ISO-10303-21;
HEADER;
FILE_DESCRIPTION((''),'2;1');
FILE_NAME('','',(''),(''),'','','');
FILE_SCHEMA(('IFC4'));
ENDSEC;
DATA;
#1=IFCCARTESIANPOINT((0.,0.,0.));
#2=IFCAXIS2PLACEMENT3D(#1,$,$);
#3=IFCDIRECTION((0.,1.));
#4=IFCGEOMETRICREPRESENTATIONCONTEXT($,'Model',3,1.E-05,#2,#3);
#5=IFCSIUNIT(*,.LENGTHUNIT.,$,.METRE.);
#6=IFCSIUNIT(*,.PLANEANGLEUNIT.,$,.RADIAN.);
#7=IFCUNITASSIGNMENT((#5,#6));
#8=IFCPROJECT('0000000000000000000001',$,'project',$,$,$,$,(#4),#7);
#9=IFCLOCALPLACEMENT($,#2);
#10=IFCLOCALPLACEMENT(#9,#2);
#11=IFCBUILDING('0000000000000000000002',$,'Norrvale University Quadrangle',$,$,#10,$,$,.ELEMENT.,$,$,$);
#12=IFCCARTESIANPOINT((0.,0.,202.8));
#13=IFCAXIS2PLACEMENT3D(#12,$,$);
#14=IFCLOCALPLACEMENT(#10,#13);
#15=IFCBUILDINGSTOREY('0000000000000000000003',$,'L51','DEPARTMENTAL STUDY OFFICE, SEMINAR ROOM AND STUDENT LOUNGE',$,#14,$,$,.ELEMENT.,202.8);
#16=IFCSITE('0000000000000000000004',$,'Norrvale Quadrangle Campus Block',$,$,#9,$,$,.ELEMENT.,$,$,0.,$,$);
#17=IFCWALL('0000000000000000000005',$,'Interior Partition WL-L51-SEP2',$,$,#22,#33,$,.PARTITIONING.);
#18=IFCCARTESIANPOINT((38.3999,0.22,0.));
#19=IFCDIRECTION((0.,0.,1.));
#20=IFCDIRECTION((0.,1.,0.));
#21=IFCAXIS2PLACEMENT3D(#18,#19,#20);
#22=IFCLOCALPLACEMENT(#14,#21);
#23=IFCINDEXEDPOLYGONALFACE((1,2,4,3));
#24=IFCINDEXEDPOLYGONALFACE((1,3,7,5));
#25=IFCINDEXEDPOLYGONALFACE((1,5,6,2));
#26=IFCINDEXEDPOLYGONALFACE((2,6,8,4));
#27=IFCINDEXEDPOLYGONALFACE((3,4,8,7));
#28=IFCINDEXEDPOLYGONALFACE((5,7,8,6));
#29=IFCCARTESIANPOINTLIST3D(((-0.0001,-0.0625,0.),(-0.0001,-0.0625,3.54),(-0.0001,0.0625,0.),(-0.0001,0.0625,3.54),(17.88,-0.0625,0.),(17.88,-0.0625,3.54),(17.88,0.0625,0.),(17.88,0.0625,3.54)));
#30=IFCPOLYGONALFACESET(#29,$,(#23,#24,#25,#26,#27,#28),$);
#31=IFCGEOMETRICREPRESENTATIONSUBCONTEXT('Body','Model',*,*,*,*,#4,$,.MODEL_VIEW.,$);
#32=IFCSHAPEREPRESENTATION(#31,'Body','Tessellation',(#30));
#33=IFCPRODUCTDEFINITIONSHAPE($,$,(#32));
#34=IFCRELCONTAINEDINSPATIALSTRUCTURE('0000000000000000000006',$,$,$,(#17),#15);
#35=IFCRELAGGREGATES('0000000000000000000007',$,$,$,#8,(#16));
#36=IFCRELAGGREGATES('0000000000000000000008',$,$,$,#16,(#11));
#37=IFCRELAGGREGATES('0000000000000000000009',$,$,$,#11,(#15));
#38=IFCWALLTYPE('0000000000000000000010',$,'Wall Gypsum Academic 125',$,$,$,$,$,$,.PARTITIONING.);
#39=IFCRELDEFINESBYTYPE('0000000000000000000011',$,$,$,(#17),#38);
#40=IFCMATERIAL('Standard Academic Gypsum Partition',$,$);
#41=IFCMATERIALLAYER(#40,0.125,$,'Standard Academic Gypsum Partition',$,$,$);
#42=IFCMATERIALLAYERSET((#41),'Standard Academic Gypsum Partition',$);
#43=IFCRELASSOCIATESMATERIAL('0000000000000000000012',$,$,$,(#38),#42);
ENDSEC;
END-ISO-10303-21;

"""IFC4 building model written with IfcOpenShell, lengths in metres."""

from ifc_helpers import new_model, si_unit, direction, frame, frame_2d, origin, place, context, subcontext, project, spatial, rectangle, extrude, material, layer, layer_set, type_object, element, save


model = new_model("IFC4")

# Units and contexts
model_context = context("Model", 3, precision=1e-05, world=origin(), true_north=direction((0.0, 1.0)))
body_context = subcontext(model_context, "Body", "Model", "MODEL_VIEW")
ifc_project = project(units=[si_unit("LENGTHUNIT", "METRE"), si_unit("PLANEANGLEUNIT", "RADIAN")], contexts=[model_context])

# Site, building, storey
site_placement = place(None, origin())
site = spatial("IfcSite", under=ifc_project, at=site_placement, Name="Norrvale Quadrangle Campus Block", CompositionType="ELEMENT", RefElevation=0.0)
building_placement = place(site_placement, origin())
building = spatial("IfcBuilding", under=site, at=building_placement, Name="Norrvale University Quadrangle", CompositionType="ELEMENT")
storey_placement = place(building_placement, frame((0.0, 0.0, 202.8)))
storey = spatial("IfcBuildingStorey", under=building, at=storey_placement, Name="L51", Description="DEPARTMENTAL STUDY OFFICE, SEMINAR ROOM AND STUDENT LOUNGE", CompositionType="ELEMENT", Elevation=202.8)

# Wall
ifc_material_1 = material(Name="Standard Academic Gypsum Partition")
ifc_layer_1 = layer(ifc_material_1, 0.125, Name="Standard Academic Gypsum Partition")
ifc_layer_set_1 = layer_set([ifc_layer_1], Name="Standard Academic Gypsum Partition")
wall_type_1 = type_object("IfcWallType", Name="Wall Gypsum Academic 125", PredefinedType="PARTITIONING", material=ifc_layer_set_1)
wall_1_placement = place(storey_placement, frame((38.3999, 0.22, 0.0), z_axis=(0.0, 0.0, 1.0), x_axis=(0.0, 1.0, 0.0)))
element("IfcWall", 1, at=wall_1_placement, inside=storey, type_object=wall_type_1, Name="Interior Partition WL-L51-SEP2", PredefinedType="PARTITIONING", context=body_context, shape_type="SweptSolid", body=[
    extrude(rectangle(XDim=17.8801, YDim=0.125, at=frame_2d((8.9399, 0.0))), origin(), (0.0, 0.0, 1.0), 3.54),
])

save(model, "model.ifc")
